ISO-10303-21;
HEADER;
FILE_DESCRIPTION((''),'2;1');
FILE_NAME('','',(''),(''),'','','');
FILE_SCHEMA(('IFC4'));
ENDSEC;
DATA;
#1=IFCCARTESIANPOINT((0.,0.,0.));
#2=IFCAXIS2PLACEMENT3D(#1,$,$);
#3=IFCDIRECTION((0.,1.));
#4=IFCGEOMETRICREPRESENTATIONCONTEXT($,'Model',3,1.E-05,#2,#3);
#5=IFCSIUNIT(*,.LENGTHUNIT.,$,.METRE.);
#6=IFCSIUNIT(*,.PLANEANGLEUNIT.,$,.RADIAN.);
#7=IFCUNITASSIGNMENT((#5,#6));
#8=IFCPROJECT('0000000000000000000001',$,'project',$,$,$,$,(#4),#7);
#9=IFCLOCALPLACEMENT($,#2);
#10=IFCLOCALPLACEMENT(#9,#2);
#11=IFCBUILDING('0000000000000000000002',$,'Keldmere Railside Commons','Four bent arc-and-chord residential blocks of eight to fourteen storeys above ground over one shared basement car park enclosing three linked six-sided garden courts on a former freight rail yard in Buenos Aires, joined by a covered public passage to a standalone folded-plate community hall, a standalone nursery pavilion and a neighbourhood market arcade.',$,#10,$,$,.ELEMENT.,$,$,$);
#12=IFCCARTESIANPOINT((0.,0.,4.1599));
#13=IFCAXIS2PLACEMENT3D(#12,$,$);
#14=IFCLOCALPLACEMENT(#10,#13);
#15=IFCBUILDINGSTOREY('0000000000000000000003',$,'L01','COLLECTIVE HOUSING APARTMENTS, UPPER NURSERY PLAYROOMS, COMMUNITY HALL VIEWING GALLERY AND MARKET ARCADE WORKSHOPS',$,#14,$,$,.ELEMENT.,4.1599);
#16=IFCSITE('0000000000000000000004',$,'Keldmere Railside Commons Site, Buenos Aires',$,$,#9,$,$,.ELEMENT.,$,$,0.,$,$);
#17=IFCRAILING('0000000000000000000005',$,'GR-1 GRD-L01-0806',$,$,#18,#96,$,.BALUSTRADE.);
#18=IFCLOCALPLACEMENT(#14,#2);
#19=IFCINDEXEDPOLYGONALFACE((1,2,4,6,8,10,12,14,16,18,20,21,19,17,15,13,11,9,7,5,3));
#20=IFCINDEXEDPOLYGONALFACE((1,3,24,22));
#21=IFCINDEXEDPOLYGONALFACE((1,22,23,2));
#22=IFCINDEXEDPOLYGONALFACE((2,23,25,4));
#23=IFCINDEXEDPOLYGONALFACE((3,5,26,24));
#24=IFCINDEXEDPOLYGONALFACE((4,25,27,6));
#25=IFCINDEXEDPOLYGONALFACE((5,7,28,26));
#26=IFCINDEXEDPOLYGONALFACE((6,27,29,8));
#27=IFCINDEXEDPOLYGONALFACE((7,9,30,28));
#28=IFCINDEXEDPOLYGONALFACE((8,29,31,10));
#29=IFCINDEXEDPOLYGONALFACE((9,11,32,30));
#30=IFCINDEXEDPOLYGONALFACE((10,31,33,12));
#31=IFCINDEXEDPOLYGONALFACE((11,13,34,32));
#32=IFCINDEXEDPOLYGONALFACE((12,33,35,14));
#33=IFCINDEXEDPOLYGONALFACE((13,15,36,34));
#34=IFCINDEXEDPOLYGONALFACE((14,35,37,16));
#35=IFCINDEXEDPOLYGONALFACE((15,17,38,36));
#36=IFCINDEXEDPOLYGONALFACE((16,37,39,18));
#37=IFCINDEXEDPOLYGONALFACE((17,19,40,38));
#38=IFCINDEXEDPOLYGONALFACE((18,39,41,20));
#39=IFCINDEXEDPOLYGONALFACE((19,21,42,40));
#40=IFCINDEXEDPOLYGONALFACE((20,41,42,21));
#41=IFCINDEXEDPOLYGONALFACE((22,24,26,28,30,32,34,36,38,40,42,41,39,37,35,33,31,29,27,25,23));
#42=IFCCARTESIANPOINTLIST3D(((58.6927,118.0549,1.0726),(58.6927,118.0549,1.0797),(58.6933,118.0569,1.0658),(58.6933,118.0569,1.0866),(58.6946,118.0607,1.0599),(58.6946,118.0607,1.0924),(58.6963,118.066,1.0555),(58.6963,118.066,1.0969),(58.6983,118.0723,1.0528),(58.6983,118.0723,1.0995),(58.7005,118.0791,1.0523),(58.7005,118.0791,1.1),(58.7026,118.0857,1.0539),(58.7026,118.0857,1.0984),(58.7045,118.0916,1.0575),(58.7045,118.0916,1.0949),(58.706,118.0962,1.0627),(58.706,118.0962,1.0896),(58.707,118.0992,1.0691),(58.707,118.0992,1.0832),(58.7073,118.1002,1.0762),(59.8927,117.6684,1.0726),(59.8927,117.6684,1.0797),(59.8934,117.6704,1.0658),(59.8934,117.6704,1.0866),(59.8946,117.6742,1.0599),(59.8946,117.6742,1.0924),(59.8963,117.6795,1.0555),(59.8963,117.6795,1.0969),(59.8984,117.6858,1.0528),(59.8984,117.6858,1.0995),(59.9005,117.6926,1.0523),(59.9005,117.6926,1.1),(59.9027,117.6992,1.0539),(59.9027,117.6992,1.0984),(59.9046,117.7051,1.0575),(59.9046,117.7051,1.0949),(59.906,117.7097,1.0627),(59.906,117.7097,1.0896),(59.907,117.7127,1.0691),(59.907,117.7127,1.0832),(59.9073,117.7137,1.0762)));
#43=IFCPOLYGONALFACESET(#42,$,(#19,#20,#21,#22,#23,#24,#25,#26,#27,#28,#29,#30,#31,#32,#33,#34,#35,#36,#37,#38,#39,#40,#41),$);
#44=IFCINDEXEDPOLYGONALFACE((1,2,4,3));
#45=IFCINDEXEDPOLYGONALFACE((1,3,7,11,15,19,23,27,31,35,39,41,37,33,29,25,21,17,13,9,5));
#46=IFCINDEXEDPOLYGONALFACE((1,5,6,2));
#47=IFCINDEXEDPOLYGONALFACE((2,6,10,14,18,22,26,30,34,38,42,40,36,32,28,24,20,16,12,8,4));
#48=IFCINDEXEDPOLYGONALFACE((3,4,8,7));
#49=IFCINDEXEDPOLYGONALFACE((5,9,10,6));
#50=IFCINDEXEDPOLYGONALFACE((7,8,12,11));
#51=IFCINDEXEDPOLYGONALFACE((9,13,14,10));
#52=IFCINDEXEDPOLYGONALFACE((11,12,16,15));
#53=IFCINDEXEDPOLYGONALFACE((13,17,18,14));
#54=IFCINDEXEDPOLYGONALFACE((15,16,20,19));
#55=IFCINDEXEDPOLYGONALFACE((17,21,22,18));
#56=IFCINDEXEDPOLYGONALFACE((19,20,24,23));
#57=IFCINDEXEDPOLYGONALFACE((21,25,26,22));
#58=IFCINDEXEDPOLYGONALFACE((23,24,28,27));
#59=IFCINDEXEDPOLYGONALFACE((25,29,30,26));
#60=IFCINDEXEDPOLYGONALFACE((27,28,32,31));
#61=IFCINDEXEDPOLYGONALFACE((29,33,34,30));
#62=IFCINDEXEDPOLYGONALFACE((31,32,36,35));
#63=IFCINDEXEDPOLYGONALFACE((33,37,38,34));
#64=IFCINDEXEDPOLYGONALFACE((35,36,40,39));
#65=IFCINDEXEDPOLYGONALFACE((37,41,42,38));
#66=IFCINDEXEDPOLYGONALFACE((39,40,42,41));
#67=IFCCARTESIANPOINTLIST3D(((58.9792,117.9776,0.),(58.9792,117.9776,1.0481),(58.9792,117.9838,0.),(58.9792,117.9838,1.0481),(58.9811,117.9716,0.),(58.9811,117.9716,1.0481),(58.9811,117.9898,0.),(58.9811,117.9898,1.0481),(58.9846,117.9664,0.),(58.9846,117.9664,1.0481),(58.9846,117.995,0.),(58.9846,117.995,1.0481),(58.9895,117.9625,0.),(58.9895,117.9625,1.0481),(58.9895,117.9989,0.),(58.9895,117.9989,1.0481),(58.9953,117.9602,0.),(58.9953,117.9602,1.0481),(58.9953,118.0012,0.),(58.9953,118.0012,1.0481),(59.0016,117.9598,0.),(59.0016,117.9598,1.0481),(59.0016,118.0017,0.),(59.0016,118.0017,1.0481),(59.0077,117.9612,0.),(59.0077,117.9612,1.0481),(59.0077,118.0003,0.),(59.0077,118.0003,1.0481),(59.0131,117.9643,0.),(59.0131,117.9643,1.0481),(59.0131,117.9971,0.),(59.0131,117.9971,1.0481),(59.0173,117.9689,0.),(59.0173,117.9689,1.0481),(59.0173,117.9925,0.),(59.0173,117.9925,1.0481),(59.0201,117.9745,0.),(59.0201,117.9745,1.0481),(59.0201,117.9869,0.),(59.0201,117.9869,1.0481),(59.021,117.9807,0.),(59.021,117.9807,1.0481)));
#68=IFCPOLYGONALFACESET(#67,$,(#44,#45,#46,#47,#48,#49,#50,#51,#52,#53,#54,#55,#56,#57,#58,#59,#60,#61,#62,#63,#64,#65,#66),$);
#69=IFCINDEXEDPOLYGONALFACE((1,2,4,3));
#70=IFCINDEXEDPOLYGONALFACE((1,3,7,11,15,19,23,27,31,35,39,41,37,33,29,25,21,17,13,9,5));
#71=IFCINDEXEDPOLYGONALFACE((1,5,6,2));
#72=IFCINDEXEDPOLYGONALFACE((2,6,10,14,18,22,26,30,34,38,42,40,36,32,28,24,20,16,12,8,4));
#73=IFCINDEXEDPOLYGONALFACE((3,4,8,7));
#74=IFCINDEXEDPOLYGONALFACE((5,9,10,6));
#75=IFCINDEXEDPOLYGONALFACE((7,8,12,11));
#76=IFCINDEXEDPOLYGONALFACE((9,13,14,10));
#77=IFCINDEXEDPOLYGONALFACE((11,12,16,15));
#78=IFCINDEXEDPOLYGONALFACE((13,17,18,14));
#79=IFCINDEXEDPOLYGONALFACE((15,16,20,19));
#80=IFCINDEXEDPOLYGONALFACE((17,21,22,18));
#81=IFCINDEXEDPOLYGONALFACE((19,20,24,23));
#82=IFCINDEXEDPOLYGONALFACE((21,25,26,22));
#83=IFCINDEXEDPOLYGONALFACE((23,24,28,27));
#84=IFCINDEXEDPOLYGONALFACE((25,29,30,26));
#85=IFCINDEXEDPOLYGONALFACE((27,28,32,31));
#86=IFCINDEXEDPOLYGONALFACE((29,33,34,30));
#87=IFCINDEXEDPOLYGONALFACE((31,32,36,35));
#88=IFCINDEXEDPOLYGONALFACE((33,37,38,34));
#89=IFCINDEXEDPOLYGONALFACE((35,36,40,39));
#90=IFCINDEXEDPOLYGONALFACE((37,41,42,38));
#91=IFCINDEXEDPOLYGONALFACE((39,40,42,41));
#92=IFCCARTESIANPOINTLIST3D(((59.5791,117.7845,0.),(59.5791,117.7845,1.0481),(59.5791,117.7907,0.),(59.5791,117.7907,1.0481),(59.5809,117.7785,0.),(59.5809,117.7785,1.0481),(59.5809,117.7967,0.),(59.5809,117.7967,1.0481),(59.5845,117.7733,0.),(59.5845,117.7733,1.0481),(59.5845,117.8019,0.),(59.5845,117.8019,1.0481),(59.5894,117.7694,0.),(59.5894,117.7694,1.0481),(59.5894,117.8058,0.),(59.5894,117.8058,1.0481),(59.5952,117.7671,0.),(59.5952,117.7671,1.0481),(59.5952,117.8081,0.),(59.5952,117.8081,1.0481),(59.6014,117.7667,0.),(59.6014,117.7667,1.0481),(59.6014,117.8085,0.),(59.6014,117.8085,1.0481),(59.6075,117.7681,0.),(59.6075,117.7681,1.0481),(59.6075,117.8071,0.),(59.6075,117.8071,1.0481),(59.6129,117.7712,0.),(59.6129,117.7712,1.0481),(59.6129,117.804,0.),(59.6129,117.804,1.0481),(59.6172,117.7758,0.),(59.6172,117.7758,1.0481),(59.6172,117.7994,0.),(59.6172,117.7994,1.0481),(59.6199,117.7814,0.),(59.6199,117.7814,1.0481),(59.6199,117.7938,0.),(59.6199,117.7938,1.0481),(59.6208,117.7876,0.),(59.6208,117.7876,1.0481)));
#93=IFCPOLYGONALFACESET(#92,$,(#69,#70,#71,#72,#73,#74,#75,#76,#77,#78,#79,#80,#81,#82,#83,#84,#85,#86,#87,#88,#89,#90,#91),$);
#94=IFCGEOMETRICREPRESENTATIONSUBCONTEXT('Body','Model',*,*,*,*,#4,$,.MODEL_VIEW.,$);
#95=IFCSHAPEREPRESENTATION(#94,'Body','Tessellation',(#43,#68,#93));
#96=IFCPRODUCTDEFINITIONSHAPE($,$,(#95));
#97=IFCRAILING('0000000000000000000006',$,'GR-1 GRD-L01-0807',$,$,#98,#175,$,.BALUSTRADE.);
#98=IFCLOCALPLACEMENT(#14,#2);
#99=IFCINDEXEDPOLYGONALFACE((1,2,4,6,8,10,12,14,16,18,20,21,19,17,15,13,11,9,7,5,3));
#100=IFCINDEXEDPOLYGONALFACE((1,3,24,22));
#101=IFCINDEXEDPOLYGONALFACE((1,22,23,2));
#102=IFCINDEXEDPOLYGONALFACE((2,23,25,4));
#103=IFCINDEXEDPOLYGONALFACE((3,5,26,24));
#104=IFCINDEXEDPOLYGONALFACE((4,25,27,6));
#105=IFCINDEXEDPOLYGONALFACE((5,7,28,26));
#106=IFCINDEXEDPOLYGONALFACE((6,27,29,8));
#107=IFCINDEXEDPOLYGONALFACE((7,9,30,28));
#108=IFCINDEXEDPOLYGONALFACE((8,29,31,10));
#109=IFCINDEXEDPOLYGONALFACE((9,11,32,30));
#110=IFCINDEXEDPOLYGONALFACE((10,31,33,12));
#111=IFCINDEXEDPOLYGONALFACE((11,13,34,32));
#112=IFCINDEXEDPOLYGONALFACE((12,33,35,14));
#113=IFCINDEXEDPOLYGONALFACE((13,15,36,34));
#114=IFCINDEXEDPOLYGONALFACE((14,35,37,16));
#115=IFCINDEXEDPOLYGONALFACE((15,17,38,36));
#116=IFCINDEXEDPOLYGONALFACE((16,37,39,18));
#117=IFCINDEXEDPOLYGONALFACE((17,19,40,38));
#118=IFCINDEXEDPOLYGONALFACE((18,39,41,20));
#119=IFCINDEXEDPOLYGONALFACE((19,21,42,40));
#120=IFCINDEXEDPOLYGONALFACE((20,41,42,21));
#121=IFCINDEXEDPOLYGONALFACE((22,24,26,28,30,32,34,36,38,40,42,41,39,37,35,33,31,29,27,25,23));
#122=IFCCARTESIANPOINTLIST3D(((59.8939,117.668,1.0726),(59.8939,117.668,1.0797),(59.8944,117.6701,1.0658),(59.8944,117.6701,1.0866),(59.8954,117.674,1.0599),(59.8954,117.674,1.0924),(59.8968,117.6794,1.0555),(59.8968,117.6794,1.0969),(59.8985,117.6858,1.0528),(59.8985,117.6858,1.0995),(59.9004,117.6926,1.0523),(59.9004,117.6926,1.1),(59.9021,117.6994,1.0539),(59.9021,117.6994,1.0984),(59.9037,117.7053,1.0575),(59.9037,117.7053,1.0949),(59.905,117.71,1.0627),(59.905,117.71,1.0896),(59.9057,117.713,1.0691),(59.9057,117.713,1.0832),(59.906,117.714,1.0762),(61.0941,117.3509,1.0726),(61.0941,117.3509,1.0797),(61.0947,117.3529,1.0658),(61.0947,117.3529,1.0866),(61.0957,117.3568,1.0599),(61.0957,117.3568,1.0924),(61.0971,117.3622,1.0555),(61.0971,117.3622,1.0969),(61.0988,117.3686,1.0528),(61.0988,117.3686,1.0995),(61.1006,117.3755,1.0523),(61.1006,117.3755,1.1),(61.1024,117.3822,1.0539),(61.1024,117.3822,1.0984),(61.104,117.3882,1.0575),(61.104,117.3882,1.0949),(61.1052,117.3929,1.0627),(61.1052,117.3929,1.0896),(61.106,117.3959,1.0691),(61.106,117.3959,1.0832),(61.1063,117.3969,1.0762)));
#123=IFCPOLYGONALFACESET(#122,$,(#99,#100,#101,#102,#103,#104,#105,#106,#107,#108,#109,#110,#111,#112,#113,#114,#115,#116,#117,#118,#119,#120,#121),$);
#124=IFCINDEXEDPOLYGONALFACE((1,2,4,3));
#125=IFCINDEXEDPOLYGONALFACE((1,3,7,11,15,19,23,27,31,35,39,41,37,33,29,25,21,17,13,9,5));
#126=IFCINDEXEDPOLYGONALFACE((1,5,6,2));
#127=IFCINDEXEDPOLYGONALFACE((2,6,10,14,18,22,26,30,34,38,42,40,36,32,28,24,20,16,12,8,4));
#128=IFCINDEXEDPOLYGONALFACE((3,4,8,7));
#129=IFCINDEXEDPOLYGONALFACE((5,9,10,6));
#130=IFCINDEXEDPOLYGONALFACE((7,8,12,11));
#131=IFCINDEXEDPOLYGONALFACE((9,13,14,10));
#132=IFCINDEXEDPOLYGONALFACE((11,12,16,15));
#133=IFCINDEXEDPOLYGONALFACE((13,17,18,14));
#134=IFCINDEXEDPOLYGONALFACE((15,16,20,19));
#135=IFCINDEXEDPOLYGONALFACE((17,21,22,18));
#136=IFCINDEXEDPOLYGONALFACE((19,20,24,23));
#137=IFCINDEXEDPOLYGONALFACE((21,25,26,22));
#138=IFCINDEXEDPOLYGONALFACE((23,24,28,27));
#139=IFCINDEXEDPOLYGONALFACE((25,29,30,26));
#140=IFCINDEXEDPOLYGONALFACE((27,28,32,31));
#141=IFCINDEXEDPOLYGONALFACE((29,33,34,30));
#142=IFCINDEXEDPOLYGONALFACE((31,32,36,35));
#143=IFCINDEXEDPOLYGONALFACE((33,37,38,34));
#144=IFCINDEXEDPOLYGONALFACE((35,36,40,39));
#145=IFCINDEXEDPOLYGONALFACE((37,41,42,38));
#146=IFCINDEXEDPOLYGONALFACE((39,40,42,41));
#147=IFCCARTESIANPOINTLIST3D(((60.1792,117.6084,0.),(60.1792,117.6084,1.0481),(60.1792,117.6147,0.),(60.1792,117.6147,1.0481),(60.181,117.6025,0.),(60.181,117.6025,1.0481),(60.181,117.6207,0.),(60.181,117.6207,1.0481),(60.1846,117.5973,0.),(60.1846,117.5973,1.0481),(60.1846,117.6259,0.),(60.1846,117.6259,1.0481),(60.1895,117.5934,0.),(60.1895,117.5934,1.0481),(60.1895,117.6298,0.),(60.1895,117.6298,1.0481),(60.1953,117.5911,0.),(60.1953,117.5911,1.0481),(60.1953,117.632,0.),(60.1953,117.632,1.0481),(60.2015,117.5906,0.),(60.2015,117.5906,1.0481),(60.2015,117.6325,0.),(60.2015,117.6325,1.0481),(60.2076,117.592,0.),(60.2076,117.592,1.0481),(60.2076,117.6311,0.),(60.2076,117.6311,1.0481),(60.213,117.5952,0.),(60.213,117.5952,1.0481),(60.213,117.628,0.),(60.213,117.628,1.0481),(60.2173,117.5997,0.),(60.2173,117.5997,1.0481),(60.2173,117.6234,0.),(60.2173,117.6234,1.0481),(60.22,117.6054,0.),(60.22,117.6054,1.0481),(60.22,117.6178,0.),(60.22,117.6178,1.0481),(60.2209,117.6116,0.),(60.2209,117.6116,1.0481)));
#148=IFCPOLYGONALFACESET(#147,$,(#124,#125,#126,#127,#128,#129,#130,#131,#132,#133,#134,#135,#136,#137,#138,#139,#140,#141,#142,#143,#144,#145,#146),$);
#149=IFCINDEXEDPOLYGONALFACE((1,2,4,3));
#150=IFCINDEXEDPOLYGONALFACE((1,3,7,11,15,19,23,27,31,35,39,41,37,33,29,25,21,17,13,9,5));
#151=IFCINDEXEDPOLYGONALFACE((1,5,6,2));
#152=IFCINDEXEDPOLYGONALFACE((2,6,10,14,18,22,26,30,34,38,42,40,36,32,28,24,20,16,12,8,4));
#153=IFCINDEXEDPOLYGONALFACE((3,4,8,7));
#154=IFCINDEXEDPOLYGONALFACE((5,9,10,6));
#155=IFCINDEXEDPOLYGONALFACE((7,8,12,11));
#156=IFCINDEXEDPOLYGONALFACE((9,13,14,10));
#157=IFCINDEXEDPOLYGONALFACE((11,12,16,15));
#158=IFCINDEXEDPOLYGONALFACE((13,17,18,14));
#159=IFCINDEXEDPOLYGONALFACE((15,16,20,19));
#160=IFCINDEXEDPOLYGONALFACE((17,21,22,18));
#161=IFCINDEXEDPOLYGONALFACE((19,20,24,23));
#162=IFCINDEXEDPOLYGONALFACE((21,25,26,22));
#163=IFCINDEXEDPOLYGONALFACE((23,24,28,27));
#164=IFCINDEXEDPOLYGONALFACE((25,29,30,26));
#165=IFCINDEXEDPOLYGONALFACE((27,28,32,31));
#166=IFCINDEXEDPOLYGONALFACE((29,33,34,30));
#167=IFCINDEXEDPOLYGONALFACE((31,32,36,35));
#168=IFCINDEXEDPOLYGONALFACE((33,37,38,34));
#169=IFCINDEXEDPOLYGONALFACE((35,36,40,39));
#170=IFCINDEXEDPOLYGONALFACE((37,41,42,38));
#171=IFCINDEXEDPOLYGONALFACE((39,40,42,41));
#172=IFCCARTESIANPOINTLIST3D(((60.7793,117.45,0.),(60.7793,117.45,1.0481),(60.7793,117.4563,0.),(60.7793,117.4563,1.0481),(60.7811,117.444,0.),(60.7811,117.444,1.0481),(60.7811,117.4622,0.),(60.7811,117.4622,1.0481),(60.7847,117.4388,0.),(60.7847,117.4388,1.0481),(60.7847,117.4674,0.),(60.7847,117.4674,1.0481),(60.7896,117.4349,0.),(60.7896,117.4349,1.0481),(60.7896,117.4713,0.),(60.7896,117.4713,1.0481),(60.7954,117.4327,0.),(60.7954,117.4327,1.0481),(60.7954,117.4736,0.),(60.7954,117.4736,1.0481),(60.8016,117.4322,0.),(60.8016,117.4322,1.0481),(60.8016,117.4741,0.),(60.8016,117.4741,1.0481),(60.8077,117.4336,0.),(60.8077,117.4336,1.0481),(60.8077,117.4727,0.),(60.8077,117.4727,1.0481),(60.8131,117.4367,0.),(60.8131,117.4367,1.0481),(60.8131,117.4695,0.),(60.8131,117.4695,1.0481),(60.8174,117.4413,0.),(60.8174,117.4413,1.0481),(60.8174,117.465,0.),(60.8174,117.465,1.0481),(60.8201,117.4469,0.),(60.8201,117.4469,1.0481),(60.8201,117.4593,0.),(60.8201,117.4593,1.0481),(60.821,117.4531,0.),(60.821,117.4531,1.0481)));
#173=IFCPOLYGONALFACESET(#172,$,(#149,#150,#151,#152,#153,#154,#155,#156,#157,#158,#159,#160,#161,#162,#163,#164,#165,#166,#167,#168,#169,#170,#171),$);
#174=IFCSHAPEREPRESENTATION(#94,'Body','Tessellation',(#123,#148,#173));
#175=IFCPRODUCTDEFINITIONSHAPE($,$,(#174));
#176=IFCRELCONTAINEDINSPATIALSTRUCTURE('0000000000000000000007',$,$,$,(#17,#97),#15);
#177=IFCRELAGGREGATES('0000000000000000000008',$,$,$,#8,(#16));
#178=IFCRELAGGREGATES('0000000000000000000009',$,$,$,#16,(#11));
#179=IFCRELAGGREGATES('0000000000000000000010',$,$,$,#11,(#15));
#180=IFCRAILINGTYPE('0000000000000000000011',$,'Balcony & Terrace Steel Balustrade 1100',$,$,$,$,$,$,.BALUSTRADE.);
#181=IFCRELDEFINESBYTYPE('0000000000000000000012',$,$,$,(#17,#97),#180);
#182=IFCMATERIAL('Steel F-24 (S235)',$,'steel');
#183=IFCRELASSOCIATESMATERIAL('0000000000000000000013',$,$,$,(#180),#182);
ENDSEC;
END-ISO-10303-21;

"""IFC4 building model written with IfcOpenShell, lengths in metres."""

from ifc_helpers import new_model, si_unit, direction, frame, origin, origin_2d, place, context, subcontext, project, spatial, circle, extrude, material, type_object, element, save


model = new_model("IFC4")

# Units and contexts
model_context = context("Model", 3, precision=1e-05, world=origin(), true_north=direction((0.0, 1.0)))
body_context = subcontext(model_context, "Body", "Model", "MODEL_VIEW")
ifc_project = project(units=[si_unit("LENGTHUNIT", "METRE"), si_unit("PLANEANGLEUNIT", "RADIAN")], contexts=[model_context])

# Site, building, storey
site_placement = place(None, origin())
site = spatial("IfcSite", under=ifc_project, at=site_placement, Name="Keldmere Railside Commons Site, Buenos Aires", CompositionType="ELEMENT", RefElevation=0.0)
building_placement = place(site_placement, origin())
building = spatial("IfcBuilding", under=site, at=building_placement, Name="Keldmere Railside Commons", Description="Four bent arc-and-chord residential blocks of eight to fourteen storeys above ground over one shared basement car park enclosing three linked six-sided garden courts on a former freight rail yard in Buenos Aires, joined by a covered public passage to a standalone folded-plate community hall, a standalone nursery pavilion and a neighbourhood market arcade.", CompositionType="ELEMENT")
storey_placement = place(building_placement, frame((0.0, 0.0, 4.1599)))
storey = spatial("IfcBuildingStorey", under=building, at=storey_placement, Name="L01", Description="COLLECTIVE HOUSING APARTMENTS, UPPER NURSERY PLAYROOMS, COMMUNITY HALL VIEWING GALLERY AND MARKET ARCADE WORKSHOPS", CompositionType="ELEMENT", Elevation=4.1599)

# Railings
ifc_material_1 = material(Name="Steel F-24 (S235)", Category="steel")
railing_type = type_object("IfcRailingType", Name="Balcony & Terrace Steel Balustrade 1100", PredefinedType="BALUSTRADE", material=ifc_material_1)
railing_1_placement = place(storey_placement, frame((58.7, 118.0774, 0.0)))
element("IfcRailing", 1, at=railing_1_placement, inside=storey, type_object=railing_type, Name="GR-1 GRD-L01-0806", PredefinedType="BALUSTRADE", context=body_context, shape_type="SweptSolid", body=[
    extrude(circle(Radius=0.0239, at=origin_2d()), frame((0.0, 0.0, 1.0762), z_axis=(0.951849, -0.306567, 0.0), x_axis=(0.306567, 0.951849, 0.0)), (0.0, 0.0, 1.0), 1.2607),
    extrude(circle(Radius=0.021, at=origin_2d()), frame((0.3, -0.0967, 0.0)), (0.0, 0.0, 1.0), 1.0481),
    extrude(circle(Radius=0.021, at=origin_2d()), frame((0.8999, -0.2898, 0.0)), (0.0, 0.0, 1.0), 1.0481),
])
railing_2_placement = place(storey_placement, frame((59.8999, 117.6909, 0.0)))
element("IfcRailing", 2, at=railing_2_placement, inside=storey, type_object=railing_type, Name="GR-1 GRD-L01-0807", PredefinedType="BALUSTRADE", context=body_context, shape_type="SweptSolid", body=[
    extrude(circle(Radius=0.0239, at=origin_2d()), frame((0.0, 0.0, 1.0762), z_axis=(0.966817, -0.255471, 0.0), x_axis=(0.255471, 0.966817, 0.0)), (0.0, 0.0, 1.0), 1.2415),
    extrude(circle(Radius=0.021, at=origin_2d()), frame((0.3, -0.0793, 0.0)), (0.0, 0.0, 1.0), 1.0481),
    extrude(circle(Radius=0.021, at=origin_2d()), frame((0.9001, -0.2378, 0.0)), (0.0, 0.0, 1.0), 1.0481),
])

save(model, "model.ifc")
